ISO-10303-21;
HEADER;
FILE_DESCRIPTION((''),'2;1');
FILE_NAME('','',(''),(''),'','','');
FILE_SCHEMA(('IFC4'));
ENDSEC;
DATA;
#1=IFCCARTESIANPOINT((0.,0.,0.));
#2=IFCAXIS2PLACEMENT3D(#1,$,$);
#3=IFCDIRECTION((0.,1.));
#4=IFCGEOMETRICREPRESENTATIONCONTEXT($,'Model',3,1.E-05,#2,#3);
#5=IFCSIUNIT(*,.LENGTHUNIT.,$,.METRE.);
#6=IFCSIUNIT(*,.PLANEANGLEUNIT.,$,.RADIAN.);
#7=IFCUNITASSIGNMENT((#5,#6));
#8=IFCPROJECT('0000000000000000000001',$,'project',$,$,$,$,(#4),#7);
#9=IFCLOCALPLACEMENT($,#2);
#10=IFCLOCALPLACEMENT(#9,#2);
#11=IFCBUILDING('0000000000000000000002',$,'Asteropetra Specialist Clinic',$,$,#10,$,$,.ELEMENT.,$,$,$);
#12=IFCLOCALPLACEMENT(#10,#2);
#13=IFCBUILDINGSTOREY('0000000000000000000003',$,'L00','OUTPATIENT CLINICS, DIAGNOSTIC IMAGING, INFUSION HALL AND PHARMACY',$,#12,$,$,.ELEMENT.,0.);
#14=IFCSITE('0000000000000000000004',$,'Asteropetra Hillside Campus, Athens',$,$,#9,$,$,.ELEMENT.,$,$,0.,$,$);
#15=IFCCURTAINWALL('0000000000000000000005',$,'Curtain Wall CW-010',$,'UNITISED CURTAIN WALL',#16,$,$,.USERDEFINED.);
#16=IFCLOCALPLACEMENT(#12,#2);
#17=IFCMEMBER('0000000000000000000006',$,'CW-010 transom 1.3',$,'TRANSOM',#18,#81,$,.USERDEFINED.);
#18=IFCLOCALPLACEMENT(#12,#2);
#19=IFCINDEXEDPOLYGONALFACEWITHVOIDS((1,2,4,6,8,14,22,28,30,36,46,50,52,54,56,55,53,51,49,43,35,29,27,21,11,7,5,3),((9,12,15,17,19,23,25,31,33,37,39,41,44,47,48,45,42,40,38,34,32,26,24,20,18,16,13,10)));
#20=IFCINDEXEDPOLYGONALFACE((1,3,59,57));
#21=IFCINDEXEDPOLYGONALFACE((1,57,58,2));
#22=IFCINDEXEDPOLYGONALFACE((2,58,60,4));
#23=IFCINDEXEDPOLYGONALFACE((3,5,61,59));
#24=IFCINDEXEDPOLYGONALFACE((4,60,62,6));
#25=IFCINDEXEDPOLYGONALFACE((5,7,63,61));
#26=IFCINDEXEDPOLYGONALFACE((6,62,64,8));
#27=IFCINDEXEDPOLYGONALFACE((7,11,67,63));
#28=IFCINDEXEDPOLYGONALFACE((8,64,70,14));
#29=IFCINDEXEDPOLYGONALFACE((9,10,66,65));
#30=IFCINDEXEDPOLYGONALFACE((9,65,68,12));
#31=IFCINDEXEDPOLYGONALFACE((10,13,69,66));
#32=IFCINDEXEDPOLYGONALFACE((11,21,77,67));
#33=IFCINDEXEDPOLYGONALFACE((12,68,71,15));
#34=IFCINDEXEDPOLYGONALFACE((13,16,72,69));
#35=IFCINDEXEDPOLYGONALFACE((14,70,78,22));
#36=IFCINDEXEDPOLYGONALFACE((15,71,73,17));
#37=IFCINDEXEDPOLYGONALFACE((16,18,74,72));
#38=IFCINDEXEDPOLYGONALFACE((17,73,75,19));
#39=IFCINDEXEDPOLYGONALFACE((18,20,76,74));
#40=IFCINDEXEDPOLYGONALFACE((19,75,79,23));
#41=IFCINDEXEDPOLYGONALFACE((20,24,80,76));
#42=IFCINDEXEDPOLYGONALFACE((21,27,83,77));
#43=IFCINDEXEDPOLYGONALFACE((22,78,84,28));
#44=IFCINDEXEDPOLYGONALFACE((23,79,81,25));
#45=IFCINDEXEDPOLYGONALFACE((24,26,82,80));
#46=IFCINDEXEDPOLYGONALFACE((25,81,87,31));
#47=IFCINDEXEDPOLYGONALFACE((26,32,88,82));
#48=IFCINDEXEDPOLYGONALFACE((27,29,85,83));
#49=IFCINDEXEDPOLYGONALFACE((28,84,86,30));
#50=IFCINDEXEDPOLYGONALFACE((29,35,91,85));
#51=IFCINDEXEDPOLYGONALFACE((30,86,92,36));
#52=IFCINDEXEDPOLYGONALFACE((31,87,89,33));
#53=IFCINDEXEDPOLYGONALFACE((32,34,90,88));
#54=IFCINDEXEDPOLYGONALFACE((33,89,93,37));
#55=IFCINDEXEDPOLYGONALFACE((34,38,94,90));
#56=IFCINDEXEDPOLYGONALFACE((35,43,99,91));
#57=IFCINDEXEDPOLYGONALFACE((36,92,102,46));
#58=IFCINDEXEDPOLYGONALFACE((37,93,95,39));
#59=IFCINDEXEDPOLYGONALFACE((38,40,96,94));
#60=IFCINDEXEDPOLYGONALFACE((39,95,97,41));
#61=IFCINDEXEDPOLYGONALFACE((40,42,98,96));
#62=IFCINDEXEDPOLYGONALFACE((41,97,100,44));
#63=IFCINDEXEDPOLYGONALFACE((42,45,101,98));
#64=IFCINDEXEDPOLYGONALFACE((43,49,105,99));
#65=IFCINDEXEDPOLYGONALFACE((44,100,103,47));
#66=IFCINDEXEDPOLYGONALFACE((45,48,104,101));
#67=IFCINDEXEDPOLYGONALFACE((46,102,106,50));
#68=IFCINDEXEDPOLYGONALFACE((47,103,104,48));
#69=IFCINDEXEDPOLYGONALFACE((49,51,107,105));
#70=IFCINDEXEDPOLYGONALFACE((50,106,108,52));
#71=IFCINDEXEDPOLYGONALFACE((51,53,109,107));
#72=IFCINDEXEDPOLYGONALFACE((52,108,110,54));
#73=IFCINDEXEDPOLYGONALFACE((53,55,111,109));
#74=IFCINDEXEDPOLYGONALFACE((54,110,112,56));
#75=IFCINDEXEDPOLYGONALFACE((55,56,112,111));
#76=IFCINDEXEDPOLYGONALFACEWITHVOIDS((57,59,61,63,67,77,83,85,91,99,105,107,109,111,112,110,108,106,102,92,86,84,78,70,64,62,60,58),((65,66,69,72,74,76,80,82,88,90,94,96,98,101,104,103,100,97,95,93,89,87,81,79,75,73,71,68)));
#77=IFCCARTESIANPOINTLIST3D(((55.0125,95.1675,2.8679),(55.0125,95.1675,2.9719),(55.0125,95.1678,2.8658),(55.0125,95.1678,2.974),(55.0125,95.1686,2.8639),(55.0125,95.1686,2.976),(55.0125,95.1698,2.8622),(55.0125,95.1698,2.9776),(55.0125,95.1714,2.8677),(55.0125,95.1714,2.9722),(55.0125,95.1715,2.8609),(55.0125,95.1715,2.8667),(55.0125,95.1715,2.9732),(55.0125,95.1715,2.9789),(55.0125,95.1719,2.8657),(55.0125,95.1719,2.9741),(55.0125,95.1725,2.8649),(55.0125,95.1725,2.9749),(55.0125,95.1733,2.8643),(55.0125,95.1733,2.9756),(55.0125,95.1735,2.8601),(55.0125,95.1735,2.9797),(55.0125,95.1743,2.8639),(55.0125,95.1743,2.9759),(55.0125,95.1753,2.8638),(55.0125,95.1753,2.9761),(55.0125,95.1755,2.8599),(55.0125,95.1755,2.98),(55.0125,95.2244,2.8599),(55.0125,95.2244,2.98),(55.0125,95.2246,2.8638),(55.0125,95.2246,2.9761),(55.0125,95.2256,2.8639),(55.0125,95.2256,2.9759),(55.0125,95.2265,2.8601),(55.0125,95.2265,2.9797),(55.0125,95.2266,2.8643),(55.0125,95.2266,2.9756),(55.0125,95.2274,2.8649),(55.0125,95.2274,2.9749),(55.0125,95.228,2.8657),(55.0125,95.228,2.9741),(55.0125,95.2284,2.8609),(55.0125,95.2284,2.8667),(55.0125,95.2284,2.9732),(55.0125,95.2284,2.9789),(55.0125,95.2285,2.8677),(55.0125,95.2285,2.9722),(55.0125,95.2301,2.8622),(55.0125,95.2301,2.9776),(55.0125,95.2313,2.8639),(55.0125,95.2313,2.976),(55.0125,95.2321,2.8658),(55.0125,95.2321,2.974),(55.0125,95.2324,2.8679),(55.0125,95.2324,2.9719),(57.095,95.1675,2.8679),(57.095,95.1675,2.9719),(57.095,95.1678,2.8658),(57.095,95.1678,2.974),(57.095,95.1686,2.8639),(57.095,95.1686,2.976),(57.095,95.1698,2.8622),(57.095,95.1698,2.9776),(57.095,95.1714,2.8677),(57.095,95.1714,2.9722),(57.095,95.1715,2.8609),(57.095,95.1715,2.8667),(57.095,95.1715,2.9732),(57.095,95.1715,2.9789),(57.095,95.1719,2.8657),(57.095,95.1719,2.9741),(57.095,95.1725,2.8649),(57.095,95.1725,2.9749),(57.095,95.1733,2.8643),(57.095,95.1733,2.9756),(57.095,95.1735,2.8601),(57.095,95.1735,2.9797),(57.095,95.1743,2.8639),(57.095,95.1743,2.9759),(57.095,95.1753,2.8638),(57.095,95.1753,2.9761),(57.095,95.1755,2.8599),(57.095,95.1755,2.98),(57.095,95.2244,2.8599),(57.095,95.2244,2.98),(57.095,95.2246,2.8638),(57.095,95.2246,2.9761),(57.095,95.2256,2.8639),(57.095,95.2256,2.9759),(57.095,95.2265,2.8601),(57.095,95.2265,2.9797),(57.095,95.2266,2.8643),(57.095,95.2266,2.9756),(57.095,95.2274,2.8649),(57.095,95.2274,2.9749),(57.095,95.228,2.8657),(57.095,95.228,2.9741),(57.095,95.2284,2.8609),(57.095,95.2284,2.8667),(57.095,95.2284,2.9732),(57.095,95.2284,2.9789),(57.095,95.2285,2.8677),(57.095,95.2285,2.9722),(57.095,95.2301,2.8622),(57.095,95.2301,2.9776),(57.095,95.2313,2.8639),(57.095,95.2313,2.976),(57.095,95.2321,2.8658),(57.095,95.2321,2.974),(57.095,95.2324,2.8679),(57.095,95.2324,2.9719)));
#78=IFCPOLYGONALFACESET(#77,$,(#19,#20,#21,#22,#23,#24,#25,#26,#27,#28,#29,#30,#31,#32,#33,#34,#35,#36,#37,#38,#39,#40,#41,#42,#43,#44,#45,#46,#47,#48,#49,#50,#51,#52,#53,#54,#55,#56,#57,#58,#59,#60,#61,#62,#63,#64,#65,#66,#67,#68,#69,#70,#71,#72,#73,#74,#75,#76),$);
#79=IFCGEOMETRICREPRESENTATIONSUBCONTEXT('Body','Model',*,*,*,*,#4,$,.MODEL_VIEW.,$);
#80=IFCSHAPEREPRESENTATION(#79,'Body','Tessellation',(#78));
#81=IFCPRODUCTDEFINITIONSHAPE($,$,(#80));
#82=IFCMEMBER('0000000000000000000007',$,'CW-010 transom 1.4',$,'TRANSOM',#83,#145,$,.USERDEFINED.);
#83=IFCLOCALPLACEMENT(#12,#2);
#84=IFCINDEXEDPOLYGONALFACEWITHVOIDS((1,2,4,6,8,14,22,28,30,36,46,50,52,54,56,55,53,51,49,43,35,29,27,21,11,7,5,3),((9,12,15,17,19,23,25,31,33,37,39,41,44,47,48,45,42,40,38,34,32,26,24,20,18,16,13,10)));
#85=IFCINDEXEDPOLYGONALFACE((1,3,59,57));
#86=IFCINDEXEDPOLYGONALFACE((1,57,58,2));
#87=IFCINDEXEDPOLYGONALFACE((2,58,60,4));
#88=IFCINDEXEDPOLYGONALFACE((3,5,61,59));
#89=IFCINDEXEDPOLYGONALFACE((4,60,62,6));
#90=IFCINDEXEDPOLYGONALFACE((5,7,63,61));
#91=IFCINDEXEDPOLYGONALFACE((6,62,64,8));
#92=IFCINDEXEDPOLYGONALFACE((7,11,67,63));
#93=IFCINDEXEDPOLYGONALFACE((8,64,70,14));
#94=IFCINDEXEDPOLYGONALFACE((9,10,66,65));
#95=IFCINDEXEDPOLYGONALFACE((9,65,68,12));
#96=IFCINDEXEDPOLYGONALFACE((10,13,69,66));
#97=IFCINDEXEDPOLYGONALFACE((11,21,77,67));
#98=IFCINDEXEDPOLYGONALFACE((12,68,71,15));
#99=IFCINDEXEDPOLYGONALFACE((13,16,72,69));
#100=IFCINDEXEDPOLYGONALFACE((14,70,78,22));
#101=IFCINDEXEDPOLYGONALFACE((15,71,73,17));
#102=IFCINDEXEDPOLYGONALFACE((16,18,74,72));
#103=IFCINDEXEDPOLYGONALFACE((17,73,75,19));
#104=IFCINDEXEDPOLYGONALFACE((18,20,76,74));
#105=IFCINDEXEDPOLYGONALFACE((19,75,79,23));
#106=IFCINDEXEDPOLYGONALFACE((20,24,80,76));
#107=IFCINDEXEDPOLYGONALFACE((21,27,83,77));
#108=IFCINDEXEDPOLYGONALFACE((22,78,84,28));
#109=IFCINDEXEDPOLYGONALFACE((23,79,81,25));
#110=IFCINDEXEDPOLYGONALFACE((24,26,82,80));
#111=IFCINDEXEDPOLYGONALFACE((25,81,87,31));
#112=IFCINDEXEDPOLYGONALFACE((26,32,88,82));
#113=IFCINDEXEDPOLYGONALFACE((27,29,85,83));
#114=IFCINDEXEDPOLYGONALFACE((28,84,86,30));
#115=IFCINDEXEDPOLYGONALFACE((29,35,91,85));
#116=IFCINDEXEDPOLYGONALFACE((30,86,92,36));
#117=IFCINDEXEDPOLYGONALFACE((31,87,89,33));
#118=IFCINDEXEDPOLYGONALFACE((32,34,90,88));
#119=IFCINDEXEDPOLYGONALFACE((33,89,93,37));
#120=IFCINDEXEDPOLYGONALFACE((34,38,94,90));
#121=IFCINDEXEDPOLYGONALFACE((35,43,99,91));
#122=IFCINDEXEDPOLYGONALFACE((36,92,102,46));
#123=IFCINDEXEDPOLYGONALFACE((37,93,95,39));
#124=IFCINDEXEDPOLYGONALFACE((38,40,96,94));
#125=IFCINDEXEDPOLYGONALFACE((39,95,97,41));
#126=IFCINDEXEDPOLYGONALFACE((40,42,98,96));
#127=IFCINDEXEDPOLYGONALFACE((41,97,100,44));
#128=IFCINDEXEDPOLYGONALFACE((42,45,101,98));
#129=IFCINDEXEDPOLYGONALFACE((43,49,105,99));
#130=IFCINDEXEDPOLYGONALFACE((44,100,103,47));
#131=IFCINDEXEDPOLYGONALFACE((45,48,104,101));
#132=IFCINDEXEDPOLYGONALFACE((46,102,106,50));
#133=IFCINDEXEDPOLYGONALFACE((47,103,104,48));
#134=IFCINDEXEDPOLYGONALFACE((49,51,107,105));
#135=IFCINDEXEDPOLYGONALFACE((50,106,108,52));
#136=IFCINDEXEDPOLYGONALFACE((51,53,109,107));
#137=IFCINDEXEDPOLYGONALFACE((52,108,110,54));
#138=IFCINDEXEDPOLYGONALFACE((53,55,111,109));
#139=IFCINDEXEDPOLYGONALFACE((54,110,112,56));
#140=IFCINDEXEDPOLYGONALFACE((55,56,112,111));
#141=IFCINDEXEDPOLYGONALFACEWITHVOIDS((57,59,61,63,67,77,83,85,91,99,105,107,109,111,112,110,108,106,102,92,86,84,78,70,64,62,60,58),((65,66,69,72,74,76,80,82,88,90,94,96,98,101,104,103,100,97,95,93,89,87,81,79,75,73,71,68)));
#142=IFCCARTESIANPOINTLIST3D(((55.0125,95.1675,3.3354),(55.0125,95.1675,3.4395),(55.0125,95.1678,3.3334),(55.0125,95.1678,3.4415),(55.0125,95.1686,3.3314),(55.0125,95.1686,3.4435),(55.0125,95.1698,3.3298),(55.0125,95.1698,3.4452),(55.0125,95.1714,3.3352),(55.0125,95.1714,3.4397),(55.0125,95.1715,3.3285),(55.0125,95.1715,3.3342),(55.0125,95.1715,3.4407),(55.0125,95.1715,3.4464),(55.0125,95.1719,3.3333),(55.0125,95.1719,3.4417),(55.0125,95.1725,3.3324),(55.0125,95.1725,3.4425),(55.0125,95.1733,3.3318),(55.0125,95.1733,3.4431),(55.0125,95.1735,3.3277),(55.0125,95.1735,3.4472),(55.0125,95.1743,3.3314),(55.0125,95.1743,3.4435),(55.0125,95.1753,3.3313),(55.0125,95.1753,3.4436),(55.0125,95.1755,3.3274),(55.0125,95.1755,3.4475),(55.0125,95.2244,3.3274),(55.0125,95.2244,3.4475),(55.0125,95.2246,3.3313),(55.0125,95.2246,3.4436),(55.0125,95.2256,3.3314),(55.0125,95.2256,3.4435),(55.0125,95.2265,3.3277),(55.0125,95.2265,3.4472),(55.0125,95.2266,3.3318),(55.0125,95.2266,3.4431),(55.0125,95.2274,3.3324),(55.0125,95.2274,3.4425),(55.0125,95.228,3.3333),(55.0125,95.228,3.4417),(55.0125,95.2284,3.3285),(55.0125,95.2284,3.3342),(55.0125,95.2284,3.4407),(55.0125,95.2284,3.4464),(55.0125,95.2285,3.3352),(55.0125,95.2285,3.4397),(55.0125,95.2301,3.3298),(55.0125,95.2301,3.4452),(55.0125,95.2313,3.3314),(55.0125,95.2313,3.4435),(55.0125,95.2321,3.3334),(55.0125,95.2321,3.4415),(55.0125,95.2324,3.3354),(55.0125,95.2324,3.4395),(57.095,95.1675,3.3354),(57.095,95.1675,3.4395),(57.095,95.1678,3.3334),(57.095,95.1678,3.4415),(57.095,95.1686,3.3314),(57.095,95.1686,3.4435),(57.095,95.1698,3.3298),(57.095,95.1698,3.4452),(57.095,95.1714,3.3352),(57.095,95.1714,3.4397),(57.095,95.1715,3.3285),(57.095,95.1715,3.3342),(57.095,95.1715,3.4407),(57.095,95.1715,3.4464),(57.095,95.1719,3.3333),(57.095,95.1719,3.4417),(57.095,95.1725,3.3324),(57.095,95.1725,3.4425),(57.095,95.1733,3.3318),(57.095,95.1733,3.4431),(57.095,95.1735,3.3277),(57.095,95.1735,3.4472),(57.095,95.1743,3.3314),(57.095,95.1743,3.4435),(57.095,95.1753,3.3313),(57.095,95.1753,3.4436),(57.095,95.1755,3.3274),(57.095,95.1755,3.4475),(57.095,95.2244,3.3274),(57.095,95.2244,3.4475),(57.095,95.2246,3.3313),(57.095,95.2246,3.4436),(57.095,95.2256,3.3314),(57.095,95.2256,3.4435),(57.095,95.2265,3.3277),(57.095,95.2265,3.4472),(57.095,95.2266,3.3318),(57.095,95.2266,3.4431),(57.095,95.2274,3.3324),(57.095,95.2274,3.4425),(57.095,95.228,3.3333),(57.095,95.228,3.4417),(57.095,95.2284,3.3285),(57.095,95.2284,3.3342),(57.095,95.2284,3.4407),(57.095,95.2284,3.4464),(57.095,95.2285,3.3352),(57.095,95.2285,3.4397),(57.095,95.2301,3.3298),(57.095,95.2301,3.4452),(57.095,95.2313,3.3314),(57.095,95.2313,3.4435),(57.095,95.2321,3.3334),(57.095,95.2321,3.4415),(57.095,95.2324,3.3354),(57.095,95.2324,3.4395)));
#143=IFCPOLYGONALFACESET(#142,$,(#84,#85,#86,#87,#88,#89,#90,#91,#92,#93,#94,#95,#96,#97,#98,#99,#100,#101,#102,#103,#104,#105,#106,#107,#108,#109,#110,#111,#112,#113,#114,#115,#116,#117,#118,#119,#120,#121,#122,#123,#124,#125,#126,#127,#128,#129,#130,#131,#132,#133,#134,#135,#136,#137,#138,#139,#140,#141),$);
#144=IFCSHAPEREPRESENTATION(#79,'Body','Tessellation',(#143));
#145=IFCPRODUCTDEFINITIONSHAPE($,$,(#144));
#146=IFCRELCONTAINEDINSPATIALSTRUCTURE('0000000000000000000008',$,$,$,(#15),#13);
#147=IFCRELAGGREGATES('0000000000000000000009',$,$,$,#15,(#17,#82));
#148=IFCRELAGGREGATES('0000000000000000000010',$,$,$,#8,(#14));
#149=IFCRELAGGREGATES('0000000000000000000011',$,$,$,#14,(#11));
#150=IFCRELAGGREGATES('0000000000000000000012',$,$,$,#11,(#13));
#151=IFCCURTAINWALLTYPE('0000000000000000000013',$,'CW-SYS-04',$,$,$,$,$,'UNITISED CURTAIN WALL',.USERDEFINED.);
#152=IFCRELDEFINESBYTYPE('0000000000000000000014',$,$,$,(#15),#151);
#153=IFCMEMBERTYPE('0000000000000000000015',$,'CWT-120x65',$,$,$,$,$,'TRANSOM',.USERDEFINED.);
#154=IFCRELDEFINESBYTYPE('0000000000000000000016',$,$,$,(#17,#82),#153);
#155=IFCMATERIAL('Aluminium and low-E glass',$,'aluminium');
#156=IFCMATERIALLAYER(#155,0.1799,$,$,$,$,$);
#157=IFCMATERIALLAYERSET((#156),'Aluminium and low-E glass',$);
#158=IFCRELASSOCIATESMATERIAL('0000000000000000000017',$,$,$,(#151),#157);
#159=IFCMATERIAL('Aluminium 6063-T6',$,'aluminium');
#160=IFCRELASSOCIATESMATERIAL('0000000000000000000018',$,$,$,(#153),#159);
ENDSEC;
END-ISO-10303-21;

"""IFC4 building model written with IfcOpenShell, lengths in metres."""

from ifc_helpers import new_model, si_unit, direction, frame, origin, origin_2d, place, context, subcontext, project, spatial, hollow_rectangle, extrude, material, layer, layer_set, material_profile, profile_set, type_object, element, aggregate, save


model = new_model("IFC4")

# Units and contexts
model_context = context("Model", 3, precision=1e-05, world=origin(), true_north=direction((0.0, 1.0)))
body_context = subcontext(model_context, "Body", "Model", "MODEL_VIEW")
ifc_project = project(units=[si_unit("LENGTHUNIT", "METRE"), si_unit("PLANEANGLEUNIT", "RADIAN")], contexts=[model_context])

# Site, building, storey
site_placement = place(None, origin())
site = spatial("IfcSite", under=ifc_project, at=site_placement, Name="Asteropetra Hillside Campus, Athens", CompositionType="ELEMENT", RefElevation=0.0)
building_placement = place(site_placement, origin())
building = spatial("IfcBuilding", under=site, at=building_placement, Name="Asteropetra Specialist Clinic", CompositionType="ELEMENT")
storey_placement = place(building_placement, origin())
storey = spatial("IfcBuildingStorey", under=building, at=storey_placement, Name="L00", Description="OUTPATIENT CLINICS, DIAGNOSTIC IMAGING, INFUSION HALL AND PHARMACY", CompositionType="ELEMENT", Elevation=0.0)

# Curtain wall
ifc_material_1 = material(Name="Aluminium and low-E glass", Category="aluminium")
ifc_layer_1 = layer(ifc_material_1, 0.1799)
ifc_layer_set_1 = layer_set([ifc_layer_1], Name="Aluminium and low-E glass")
curtain_wall_type_1 = type_object("IfcCurtainWallType", Name="CW-SYS-04", ElementType="UNITISED CURTAIN WALL", PredefinedType="USERDEFINED", material=ifc_layer_set_1)
curtain_wall_1_placement = place(storey_placement, origin())
curtain_wall_1 = element("IfcCurtainWall", 1, at=curtain_wall_1_placement, inside=storey, type_object=curtain_wall_type_1, Name="Curtain Wall CW-010", ObjectType="UNITISED CURTAIN WALL", PredefinedType="USERDEFINED")

# Members
ifc_material_2 = material(Name="Aluminium 6063-T6", Category="aluminium")
ifc_material_profile_1 = material_profile(ifc_material_2, hollow_rectangle(XDim=0.0649, YDim=0.1201, WallThickness=0.0039, InnerFilletRadius=0.0039, OuterFilletRadius=0.0081, at=origin_2d()), Name="TRN 120x65x4.0")
ifc_profile_set_1 = profile_set([ifc_material_profile_1], Name="Aluminium 6063-T6")
member_type_1 = type_object("IfcMemberType", Name="CWT-120x65", ElementType="TRANSOM", PredefinedType="USERDEFINED", material=ifc_profile_set_1)
member_1_placement = place(storey_placement, frame((57.095, 95.2, 2.9199), z_axis=(-1.0, 0.0, 0.0), x_axis=(0.0, -1.0, 0.0)))
member_1 = element("IfcMember", 2, at=member_1_placement, type_object=member_type_1, Name="CW-010 transom 1.3", ObjectType="TRANSOM", PredefinedType="USERDEFINED", context=body_context, shape_type="SweptSolid", body=[
    extrude(hollow_rectangle(XDim=0.0649, YDim=0.1201, WallThickness=0.0039, InnerFilletRadius=0.0039, OuterFilletRadius=0.0081, at=origin_2d()), origin(), (0.0, 0.0, 1.0), 2.0825),
])
member_2_placement = place(storey_placement, frame((57.095, 95.2, 3.3875), z_axis=(-1.0, 0.0, 0.0), x_axis=(0.0, -1.0, 0.0)))
member_2 = element("IfcMember", 3, at=member_2_placement, type_object=member_type_1, Name="CW-010 transom 1.4", ObjectType="TRANSOM", PredefinedType="USERDEFINED", context=body_context, shape_type="SweptSolid", body=[
    extrude(hollow_rectangle(XDim=0.0649, YDim=0.1201, WallThickness=0.0039, InnerFilletRadius=0.0039, OuterFilletRadius=0.0081, at=origin_2d()), origin(), (0.0, 0.0, 1.0), 2.0825),
])

aggregate(curtain_wall_1, [member_1, member_2])

save(model, "model.ifc")
